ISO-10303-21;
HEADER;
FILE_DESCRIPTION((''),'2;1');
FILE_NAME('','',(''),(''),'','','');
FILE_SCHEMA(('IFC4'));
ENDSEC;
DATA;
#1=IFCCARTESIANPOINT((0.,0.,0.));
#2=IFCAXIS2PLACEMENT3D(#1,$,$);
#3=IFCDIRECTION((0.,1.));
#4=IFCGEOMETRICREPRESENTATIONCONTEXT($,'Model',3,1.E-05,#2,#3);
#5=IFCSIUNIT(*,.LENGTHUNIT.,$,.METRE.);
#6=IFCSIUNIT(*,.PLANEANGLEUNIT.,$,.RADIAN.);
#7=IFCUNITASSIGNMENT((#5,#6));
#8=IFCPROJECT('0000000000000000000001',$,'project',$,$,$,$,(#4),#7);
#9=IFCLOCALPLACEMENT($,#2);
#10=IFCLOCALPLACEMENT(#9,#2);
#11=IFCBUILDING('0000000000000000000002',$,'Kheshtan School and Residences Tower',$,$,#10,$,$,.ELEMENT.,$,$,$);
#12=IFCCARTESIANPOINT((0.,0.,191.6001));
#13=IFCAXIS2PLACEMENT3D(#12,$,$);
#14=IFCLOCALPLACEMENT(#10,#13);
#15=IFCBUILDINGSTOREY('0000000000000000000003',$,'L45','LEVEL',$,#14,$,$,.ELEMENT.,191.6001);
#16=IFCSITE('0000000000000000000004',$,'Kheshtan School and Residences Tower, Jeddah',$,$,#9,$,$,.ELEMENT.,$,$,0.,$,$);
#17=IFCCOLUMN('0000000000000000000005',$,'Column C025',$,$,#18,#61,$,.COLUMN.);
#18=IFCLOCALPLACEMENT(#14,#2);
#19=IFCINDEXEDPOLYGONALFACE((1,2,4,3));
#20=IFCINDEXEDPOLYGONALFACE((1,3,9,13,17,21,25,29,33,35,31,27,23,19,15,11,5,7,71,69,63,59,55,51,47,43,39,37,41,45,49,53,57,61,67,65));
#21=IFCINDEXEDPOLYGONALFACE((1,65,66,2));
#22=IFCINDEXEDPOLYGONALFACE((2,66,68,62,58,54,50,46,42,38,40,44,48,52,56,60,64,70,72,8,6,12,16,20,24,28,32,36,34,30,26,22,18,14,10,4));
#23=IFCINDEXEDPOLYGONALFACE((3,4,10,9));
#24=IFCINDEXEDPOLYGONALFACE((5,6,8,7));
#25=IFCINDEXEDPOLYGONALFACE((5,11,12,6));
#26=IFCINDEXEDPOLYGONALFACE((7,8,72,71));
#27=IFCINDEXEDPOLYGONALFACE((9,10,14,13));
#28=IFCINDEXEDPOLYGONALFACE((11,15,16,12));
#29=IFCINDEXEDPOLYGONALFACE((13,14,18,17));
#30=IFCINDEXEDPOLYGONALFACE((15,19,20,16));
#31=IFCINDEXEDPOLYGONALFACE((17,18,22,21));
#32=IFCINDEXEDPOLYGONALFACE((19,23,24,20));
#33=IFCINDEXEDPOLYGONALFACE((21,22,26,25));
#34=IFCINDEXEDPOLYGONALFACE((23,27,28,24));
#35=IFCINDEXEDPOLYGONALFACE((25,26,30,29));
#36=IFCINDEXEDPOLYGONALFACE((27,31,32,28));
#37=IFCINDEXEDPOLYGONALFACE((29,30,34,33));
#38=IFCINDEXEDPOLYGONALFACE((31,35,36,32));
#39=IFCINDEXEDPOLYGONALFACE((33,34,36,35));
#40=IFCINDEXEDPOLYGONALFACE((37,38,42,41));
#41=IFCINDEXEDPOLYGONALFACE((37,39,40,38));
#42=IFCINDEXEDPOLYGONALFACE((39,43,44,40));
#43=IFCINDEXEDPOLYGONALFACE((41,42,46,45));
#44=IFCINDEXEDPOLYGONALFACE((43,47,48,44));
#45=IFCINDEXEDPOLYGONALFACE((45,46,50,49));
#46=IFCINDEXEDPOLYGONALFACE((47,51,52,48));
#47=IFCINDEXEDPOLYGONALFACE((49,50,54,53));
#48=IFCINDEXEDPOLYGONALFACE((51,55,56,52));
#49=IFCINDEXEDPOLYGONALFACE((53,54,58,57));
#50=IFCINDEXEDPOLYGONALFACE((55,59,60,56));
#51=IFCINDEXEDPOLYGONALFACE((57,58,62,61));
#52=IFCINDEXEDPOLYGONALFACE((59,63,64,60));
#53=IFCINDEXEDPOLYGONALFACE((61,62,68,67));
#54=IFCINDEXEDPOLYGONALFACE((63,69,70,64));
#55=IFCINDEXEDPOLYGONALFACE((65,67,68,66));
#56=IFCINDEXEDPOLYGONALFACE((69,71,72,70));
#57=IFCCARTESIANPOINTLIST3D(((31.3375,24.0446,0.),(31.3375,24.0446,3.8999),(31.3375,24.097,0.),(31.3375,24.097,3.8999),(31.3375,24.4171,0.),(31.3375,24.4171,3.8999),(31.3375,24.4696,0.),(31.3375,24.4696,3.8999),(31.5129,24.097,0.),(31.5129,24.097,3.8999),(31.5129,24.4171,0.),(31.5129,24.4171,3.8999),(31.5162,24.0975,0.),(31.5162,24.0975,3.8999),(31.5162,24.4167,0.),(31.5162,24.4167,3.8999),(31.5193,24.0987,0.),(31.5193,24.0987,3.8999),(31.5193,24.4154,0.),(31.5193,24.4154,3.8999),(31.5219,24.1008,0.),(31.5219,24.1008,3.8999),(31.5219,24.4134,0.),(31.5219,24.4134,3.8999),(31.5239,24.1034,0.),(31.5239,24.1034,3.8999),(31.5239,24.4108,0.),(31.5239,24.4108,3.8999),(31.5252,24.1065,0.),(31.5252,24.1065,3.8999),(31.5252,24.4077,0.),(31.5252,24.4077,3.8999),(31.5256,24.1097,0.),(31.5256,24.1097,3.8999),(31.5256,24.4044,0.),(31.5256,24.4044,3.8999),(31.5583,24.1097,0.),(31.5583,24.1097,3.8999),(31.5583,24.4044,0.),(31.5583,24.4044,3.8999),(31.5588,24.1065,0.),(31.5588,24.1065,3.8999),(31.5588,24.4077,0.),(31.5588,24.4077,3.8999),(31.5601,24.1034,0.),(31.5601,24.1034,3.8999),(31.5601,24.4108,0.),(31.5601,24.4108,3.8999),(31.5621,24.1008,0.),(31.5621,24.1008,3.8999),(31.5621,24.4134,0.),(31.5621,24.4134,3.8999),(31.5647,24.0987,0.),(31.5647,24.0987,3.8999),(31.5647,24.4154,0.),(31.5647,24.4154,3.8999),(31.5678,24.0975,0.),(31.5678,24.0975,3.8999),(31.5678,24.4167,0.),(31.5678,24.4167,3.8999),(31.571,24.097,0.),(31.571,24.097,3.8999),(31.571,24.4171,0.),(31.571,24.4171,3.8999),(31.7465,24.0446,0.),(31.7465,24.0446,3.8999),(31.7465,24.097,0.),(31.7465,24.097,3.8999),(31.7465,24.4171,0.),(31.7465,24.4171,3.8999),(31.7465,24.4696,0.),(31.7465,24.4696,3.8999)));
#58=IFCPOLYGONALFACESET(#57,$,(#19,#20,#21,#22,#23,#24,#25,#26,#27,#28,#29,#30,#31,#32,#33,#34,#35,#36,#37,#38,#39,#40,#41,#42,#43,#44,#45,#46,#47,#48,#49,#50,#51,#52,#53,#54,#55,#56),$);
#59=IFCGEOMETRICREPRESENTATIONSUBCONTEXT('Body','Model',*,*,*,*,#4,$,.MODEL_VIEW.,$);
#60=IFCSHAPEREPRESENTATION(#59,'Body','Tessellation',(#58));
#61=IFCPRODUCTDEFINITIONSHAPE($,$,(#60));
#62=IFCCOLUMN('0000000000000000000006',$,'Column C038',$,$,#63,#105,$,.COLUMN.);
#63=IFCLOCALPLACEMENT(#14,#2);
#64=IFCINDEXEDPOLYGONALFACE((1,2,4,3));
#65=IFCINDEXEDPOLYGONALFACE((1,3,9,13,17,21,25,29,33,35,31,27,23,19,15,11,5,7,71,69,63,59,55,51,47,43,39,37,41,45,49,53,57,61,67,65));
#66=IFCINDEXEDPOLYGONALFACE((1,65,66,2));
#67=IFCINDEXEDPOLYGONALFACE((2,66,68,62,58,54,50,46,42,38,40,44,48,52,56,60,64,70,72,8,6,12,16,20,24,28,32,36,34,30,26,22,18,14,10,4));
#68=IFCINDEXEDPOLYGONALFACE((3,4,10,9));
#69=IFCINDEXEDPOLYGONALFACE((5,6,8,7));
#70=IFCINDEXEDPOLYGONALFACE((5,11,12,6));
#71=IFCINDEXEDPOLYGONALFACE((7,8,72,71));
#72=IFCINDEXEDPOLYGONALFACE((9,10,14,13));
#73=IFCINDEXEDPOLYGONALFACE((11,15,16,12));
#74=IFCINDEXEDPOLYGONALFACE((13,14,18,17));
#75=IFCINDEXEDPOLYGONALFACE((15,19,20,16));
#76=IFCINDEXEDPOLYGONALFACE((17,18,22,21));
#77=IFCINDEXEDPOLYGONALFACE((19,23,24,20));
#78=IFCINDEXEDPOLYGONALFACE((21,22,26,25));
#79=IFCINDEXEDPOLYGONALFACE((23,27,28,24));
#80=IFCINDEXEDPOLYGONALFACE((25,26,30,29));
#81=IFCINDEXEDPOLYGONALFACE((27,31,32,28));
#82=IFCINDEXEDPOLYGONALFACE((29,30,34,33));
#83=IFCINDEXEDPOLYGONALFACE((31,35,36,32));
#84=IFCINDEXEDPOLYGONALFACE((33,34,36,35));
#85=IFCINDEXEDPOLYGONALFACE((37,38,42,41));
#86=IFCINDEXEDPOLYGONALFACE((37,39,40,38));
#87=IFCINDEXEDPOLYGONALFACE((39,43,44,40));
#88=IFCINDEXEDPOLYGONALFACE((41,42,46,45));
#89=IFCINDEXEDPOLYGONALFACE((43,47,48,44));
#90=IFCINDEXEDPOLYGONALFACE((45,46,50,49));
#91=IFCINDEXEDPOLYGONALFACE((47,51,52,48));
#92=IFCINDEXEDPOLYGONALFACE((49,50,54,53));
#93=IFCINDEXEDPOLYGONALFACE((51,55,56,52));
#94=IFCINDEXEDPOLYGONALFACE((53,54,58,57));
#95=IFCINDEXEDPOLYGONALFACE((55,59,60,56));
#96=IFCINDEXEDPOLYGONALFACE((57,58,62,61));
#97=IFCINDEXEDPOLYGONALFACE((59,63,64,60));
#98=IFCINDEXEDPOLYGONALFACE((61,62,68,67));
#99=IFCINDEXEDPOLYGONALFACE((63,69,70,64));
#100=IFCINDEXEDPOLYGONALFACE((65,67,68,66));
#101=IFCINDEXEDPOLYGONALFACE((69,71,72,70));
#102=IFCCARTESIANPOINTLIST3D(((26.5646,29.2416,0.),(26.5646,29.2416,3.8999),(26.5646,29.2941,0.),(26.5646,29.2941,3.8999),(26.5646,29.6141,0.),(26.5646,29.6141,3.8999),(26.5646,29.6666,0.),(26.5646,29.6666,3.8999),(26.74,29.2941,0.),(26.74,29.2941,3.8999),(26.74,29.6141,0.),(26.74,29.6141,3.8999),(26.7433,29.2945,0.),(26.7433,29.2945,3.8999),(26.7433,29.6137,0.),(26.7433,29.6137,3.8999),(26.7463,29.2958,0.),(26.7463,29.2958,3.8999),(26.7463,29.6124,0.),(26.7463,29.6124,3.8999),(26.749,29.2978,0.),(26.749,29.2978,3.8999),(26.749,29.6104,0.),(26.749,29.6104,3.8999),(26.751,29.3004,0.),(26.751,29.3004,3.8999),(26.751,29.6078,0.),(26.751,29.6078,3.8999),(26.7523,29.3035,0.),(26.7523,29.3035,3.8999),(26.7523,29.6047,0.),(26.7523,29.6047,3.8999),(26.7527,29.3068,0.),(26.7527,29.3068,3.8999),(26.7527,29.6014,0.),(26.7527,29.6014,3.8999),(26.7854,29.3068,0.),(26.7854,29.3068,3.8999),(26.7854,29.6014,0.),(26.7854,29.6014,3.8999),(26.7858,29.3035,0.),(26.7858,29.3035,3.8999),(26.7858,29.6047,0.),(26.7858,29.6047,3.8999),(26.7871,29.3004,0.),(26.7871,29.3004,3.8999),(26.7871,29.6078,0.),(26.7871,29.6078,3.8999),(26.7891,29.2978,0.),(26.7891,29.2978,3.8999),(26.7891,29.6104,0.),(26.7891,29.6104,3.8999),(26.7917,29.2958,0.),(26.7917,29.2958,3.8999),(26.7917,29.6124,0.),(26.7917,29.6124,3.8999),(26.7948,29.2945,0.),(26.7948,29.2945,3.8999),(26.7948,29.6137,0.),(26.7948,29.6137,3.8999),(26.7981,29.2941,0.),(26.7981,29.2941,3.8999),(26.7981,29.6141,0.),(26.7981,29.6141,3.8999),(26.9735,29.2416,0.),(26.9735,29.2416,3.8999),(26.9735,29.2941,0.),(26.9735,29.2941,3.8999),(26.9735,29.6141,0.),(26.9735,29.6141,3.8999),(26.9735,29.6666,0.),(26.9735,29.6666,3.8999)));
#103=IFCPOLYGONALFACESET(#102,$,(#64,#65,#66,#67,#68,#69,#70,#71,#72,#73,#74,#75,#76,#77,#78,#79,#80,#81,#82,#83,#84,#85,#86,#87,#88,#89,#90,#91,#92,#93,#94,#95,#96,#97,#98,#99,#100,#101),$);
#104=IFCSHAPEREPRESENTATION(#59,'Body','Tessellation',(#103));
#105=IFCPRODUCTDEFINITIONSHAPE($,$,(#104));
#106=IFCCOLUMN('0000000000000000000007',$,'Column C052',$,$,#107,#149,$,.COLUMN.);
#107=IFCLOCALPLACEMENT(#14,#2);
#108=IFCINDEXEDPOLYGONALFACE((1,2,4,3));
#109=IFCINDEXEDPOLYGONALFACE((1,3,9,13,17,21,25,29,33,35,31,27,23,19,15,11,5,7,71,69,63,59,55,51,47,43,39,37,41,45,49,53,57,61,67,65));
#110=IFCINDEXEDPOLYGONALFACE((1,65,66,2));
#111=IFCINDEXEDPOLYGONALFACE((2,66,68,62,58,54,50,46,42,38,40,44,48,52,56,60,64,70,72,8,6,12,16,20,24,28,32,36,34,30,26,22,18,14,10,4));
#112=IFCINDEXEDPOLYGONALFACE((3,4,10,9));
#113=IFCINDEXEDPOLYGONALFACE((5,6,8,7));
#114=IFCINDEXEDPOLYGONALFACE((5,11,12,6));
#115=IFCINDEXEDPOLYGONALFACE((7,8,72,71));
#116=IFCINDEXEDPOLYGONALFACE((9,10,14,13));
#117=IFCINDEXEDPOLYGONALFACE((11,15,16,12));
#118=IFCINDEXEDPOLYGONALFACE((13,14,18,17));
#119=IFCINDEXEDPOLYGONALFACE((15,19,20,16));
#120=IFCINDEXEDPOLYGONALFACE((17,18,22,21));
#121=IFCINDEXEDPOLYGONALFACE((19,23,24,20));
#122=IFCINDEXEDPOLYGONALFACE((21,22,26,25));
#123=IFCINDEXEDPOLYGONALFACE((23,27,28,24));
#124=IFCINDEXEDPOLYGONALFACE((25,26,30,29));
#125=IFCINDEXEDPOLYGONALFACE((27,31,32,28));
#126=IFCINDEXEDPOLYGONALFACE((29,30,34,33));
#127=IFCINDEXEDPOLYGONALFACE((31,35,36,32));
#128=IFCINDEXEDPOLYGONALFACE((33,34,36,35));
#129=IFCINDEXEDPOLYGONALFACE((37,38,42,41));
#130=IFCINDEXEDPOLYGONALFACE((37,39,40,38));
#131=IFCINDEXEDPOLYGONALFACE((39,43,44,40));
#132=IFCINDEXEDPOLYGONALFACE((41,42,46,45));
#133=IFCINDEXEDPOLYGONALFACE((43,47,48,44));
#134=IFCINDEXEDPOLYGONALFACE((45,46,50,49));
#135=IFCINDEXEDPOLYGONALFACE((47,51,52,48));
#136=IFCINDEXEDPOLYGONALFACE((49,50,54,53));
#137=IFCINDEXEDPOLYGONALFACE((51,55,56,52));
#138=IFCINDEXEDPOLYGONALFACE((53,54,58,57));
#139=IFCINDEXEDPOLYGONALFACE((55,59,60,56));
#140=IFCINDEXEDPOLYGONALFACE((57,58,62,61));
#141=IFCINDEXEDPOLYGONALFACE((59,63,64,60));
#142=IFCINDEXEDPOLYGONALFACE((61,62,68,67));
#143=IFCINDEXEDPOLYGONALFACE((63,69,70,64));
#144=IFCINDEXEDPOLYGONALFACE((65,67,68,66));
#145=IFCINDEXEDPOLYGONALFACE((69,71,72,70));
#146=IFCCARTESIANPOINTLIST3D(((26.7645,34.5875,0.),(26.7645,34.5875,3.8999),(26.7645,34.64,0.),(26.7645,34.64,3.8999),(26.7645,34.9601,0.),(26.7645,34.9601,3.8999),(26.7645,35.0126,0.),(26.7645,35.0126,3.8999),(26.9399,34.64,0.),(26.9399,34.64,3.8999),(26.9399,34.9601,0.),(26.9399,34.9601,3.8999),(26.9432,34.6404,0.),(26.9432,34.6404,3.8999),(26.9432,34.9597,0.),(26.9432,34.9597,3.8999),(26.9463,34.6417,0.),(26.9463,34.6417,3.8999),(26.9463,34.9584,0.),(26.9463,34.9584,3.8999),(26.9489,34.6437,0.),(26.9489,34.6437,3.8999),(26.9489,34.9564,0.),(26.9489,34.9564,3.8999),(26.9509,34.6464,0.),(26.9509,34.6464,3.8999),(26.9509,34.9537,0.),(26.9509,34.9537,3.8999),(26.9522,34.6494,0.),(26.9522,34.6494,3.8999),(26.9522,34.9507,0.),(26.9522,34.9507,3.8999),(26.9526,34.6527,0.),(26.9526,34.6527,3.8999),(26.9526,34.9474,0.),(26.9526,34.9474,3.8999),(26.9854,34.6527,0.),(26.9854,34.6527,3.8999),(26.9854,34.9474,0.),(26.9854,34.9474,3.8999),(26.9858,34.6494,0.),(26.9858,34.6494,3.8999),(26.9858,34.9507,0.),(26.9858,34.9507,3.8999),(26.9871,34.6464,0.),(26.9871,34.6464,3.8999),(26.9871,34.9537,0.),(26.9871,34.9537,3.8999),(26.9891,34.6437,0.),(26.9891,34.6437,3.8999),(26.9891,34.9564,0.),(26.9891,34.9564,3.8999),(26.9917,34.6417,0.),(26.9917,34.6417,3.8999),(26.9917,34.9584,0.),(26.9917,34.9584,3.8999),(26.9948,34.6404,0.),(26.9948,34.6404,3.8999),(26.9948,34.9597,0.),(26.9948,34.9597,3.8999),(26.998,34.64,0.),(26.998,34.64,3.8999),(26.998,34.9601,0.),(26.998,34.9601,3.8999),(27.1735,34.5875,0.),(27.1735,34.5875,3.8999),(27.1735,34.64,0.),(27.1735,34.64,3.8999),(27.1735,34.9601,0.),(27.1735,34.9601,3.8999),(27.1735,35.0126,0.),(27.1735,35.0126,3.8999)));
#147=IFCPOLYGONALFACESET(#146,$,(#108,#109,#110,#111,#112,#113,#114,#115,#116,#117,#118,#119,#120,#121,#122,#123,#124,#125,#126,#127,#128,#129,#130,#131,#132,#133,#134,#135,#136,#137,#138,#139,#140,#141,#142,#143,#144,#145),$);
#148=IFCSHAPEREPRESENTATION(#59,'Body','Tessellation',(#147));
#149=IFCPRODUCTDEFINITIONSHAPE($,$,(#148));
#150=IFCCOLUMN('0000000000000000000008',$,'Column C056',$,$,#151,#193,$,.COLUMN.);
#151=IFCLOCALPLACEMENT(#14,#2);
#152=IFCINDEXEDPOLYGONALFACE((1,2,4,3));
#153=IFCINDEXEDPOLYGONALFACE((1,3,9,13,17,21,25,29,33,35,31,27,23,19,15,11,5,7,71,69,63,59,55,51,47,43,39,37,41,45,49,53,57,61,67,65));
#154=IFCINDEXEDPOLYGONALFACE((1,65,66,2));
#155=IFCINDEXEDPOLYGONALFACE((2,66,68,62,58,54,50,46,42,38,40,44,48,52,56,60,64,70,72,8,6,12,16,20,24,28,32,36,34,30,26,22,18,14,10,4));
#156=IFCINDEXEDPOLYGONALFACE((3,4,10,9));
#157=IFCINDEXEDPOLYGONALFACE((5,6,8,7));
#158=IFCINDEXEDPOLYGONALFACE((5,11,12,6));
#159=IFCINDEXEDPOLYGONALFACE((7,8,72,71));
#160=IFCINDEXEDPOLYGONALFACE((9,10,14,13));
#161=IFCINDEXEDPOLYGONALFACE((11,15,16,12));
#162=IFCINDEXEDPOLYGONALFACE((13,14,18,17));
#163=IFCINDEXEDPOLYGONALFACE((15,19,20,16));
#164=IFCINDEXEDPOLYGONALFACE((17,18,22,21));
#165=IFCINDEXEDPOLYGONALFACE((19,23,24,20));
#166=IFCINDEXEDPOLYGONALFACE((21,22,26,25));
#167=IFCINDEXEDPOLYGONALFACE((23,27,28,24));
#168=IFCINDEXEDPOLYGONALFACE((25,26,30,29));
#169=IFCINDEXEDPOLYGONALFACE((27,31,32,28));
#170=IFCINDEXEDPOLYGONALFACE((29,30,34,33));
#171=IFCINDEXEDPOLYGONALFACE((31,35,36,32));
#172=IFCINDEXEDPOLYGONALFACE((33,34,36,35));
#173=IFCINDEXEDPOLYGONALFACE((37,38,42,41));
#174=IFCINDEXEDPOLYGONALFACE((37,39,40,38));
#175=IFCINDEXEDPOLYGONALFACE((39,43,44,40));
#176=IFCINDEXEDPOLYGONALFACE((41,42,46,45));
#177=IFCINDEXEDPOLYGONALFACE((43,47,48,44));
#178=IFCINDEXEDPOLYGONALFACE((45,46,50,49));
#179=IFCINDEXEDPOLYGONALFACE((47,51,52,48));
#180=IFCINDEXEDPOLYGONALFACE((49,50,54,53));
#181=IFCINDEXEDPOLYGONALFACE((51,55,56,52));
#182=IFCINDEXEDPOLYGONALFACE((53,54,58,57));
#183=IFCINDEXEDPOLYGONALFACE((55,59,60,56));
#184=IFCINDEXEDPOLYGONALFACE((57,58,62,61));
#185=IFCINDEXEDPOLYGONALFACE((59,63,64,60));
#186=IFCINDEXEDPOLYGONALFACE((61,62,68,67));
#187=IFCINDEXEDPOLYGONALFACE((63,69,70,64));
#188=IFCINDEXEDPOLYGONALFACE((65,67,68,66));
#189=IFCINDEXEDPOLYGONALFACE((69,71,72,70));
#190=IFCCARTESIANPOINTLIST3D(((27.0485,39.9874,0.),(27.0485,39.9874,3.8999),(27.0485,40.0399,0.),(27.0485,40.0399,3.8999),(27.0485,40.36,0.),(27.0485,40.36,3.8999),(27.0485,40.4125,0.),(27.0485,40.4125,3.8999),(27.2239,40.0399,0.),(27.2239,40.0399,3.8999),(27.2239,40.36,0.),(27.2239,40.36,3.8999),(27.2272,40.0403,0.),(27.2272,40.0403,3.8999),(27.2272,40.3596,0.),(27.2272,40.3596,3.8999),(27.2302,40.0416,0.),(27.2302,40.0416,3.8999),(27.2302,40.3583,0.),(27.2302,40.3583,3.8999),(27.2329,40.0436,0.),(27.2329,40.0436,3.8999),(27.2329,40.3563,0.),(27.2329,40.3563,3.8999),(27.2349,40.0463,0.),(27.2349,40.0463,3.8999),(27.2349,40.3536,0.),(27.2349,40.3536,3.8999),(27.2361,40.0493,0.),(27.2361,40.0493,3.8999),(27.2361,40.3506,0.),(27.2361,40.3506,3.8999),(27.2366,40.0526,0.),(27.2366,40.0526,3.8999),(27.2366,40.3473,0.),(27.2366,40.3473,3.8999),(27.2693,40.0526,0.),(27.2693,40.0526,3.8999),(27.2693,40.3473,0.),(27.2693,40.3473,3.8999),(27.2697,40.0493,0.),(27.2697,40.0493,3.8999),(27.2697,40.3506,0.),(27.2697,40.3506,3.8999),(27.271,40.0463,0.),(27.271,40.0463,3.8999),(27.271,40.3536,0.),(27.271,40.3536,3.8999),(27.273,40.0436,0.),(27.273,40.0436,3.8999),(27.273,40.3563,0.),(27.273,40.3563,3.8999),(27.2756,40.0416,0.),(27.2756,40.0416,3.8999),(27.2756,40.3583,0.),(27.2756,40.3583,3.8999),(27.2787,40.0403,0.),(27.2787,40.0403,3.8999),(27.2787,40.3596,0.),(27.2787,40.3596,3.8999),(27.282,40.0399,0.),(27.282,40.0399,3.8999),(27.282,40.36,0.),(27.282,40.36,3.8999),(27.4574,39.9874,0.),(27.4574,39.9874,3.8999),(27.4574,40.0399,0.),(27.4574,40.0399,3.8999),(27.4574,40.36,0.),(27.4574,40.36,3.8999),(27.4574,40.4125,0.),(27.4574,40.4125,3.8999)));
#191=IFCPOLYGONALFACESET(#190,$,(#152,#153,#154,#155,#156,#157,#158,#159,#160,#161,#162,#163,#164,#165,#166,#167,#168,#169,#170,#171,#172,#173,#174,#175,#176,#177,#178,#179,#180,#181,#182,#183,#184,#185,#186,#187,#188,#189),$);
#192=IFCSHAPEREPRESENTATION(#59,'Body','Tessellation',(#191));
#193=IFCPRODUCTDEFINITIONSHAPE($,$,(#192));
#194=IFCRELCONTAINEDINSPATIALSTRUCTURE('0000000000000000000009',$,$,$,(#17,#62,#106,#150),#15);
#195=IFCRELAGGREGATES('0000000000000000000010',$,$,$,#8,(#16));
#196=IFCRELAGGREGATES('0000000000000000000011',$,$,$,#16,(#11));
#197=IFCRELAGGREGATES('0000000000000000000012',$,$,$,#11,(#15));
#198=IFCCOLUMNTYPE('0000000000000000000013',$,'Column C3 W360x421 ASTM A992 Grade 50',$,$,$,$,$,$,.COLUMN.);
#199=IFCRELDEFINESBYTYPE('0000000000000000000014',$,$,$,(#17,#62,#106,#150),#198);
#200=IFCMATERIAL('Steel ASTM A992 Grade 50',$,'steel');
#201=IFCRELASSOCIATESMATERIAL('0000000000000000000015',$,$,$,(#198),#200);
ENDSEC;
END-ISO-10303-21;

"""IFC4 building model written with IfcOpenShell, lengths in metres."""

from ifc_helpers import new_model, si_unit, direction, frame, origin, origin_2d, place, context, subcontext, project, spatial, i_section, extrude, material, material_profile, profile_set, type_object, element, save


model = new_model("IFC4")

# Units and contexts
model_context = context("Model", 3, precision=1e-05, world=origin(), true_north=direction((0.0, 1.0)))
body_context = subcontext(model_context, "Body", "Model", "MODEL_VIEW")
ifc_project = project(units=[si_unit("LENGTHUNIT", "METRE"), si_unit("PLANEANGLEUNIT", "RADIAN")], contexts=[model_context])

# Site, building, storey
site_placement = place(None, origin())
site = spatial("IfcSite", under=ifc_project, at=site_placement, Name="Kheshtan School and Residences Tower, Jeddah", CompositionType="ELEMENT", RefElevation=0.0)
building_placement = place(site_placement, origin())
building = spatial("IfcBuilding", under=site, at=building_placement, Name="Kheshtan School and Residences Tower", CompositionType="ELEMENT")
storey_placement = place(building_placement, frame((0.0, 0.0, 191.6001)))
storey = spatial("IfcBuildingStorey", under=building, at=storey_placement, Name="L45", Description="LEVEL", CompositionType="ELEMENT", Elevation=191.6001)

# Columns
ifc_material_1 = material(Name="Steel ASTM A992 Grade 50", Category="steel")
ifc_material_profile_1 = material_profile(ifc_material_1, i_section(OverallWidth=0.4089, OverallDepth=0.425, WebThickness=0.0327, FlangeThickness=0.0525, FilletRadius=0.0127, at=origin_2d()), Name="W360x421")
ifc_profile_set_1 = profile_set([ifc_material_profile_1], Name="Steel ASTM A992 Grade 50")
column_type = type_object("IfcColumnType", Name="Column C3 W360x421 ASTM A992 Grade 50", PredefinedType="COLUMN", material=ifc_profile_set_1)
for number, where, z_axis, x_axis, name in (
    (1, (31.542, 24.2571, 0.0), (0.0, 0.0, 1.0), (1.0, 0.0, 0.0), "Column C025"),
    (2, (26.769, 29.4541, 0.0), (0.0, 0.0, 1.0), (1.0, 0.0, 0.0), "Column C038"),
    (3, (26.969, 34.8, 0.0), (0.0, 0.0, 1.0), (1.0, 0.0, 0.0), "Column C052"),
    (4, (27.2529, 40.2, 0.0), (0.0, 0.0, 1.0), (1.0, 0.0, 0.0), "Column C056"),
):
    element("IfcColumn", number, at=place(storey_placement, frame(where, z_axis=z_axis, x_axis=x_axis)), inside=storey, type_object=column_type, Name=name, PredefinedType="COLUMN", context=body_context, shape_type="SweptSolid", body=[
        extrude(i_section(OverallWidth=0.4089, OverallDepth=0.425, WebThickness=0.0327, FlangeThickness=0.0525, FilletRadius=0.0127, at=origin_2d()), origin(), (0.0, 0.0, 1.0), 3.8999),
    ])

save(model, "model.ifc")
